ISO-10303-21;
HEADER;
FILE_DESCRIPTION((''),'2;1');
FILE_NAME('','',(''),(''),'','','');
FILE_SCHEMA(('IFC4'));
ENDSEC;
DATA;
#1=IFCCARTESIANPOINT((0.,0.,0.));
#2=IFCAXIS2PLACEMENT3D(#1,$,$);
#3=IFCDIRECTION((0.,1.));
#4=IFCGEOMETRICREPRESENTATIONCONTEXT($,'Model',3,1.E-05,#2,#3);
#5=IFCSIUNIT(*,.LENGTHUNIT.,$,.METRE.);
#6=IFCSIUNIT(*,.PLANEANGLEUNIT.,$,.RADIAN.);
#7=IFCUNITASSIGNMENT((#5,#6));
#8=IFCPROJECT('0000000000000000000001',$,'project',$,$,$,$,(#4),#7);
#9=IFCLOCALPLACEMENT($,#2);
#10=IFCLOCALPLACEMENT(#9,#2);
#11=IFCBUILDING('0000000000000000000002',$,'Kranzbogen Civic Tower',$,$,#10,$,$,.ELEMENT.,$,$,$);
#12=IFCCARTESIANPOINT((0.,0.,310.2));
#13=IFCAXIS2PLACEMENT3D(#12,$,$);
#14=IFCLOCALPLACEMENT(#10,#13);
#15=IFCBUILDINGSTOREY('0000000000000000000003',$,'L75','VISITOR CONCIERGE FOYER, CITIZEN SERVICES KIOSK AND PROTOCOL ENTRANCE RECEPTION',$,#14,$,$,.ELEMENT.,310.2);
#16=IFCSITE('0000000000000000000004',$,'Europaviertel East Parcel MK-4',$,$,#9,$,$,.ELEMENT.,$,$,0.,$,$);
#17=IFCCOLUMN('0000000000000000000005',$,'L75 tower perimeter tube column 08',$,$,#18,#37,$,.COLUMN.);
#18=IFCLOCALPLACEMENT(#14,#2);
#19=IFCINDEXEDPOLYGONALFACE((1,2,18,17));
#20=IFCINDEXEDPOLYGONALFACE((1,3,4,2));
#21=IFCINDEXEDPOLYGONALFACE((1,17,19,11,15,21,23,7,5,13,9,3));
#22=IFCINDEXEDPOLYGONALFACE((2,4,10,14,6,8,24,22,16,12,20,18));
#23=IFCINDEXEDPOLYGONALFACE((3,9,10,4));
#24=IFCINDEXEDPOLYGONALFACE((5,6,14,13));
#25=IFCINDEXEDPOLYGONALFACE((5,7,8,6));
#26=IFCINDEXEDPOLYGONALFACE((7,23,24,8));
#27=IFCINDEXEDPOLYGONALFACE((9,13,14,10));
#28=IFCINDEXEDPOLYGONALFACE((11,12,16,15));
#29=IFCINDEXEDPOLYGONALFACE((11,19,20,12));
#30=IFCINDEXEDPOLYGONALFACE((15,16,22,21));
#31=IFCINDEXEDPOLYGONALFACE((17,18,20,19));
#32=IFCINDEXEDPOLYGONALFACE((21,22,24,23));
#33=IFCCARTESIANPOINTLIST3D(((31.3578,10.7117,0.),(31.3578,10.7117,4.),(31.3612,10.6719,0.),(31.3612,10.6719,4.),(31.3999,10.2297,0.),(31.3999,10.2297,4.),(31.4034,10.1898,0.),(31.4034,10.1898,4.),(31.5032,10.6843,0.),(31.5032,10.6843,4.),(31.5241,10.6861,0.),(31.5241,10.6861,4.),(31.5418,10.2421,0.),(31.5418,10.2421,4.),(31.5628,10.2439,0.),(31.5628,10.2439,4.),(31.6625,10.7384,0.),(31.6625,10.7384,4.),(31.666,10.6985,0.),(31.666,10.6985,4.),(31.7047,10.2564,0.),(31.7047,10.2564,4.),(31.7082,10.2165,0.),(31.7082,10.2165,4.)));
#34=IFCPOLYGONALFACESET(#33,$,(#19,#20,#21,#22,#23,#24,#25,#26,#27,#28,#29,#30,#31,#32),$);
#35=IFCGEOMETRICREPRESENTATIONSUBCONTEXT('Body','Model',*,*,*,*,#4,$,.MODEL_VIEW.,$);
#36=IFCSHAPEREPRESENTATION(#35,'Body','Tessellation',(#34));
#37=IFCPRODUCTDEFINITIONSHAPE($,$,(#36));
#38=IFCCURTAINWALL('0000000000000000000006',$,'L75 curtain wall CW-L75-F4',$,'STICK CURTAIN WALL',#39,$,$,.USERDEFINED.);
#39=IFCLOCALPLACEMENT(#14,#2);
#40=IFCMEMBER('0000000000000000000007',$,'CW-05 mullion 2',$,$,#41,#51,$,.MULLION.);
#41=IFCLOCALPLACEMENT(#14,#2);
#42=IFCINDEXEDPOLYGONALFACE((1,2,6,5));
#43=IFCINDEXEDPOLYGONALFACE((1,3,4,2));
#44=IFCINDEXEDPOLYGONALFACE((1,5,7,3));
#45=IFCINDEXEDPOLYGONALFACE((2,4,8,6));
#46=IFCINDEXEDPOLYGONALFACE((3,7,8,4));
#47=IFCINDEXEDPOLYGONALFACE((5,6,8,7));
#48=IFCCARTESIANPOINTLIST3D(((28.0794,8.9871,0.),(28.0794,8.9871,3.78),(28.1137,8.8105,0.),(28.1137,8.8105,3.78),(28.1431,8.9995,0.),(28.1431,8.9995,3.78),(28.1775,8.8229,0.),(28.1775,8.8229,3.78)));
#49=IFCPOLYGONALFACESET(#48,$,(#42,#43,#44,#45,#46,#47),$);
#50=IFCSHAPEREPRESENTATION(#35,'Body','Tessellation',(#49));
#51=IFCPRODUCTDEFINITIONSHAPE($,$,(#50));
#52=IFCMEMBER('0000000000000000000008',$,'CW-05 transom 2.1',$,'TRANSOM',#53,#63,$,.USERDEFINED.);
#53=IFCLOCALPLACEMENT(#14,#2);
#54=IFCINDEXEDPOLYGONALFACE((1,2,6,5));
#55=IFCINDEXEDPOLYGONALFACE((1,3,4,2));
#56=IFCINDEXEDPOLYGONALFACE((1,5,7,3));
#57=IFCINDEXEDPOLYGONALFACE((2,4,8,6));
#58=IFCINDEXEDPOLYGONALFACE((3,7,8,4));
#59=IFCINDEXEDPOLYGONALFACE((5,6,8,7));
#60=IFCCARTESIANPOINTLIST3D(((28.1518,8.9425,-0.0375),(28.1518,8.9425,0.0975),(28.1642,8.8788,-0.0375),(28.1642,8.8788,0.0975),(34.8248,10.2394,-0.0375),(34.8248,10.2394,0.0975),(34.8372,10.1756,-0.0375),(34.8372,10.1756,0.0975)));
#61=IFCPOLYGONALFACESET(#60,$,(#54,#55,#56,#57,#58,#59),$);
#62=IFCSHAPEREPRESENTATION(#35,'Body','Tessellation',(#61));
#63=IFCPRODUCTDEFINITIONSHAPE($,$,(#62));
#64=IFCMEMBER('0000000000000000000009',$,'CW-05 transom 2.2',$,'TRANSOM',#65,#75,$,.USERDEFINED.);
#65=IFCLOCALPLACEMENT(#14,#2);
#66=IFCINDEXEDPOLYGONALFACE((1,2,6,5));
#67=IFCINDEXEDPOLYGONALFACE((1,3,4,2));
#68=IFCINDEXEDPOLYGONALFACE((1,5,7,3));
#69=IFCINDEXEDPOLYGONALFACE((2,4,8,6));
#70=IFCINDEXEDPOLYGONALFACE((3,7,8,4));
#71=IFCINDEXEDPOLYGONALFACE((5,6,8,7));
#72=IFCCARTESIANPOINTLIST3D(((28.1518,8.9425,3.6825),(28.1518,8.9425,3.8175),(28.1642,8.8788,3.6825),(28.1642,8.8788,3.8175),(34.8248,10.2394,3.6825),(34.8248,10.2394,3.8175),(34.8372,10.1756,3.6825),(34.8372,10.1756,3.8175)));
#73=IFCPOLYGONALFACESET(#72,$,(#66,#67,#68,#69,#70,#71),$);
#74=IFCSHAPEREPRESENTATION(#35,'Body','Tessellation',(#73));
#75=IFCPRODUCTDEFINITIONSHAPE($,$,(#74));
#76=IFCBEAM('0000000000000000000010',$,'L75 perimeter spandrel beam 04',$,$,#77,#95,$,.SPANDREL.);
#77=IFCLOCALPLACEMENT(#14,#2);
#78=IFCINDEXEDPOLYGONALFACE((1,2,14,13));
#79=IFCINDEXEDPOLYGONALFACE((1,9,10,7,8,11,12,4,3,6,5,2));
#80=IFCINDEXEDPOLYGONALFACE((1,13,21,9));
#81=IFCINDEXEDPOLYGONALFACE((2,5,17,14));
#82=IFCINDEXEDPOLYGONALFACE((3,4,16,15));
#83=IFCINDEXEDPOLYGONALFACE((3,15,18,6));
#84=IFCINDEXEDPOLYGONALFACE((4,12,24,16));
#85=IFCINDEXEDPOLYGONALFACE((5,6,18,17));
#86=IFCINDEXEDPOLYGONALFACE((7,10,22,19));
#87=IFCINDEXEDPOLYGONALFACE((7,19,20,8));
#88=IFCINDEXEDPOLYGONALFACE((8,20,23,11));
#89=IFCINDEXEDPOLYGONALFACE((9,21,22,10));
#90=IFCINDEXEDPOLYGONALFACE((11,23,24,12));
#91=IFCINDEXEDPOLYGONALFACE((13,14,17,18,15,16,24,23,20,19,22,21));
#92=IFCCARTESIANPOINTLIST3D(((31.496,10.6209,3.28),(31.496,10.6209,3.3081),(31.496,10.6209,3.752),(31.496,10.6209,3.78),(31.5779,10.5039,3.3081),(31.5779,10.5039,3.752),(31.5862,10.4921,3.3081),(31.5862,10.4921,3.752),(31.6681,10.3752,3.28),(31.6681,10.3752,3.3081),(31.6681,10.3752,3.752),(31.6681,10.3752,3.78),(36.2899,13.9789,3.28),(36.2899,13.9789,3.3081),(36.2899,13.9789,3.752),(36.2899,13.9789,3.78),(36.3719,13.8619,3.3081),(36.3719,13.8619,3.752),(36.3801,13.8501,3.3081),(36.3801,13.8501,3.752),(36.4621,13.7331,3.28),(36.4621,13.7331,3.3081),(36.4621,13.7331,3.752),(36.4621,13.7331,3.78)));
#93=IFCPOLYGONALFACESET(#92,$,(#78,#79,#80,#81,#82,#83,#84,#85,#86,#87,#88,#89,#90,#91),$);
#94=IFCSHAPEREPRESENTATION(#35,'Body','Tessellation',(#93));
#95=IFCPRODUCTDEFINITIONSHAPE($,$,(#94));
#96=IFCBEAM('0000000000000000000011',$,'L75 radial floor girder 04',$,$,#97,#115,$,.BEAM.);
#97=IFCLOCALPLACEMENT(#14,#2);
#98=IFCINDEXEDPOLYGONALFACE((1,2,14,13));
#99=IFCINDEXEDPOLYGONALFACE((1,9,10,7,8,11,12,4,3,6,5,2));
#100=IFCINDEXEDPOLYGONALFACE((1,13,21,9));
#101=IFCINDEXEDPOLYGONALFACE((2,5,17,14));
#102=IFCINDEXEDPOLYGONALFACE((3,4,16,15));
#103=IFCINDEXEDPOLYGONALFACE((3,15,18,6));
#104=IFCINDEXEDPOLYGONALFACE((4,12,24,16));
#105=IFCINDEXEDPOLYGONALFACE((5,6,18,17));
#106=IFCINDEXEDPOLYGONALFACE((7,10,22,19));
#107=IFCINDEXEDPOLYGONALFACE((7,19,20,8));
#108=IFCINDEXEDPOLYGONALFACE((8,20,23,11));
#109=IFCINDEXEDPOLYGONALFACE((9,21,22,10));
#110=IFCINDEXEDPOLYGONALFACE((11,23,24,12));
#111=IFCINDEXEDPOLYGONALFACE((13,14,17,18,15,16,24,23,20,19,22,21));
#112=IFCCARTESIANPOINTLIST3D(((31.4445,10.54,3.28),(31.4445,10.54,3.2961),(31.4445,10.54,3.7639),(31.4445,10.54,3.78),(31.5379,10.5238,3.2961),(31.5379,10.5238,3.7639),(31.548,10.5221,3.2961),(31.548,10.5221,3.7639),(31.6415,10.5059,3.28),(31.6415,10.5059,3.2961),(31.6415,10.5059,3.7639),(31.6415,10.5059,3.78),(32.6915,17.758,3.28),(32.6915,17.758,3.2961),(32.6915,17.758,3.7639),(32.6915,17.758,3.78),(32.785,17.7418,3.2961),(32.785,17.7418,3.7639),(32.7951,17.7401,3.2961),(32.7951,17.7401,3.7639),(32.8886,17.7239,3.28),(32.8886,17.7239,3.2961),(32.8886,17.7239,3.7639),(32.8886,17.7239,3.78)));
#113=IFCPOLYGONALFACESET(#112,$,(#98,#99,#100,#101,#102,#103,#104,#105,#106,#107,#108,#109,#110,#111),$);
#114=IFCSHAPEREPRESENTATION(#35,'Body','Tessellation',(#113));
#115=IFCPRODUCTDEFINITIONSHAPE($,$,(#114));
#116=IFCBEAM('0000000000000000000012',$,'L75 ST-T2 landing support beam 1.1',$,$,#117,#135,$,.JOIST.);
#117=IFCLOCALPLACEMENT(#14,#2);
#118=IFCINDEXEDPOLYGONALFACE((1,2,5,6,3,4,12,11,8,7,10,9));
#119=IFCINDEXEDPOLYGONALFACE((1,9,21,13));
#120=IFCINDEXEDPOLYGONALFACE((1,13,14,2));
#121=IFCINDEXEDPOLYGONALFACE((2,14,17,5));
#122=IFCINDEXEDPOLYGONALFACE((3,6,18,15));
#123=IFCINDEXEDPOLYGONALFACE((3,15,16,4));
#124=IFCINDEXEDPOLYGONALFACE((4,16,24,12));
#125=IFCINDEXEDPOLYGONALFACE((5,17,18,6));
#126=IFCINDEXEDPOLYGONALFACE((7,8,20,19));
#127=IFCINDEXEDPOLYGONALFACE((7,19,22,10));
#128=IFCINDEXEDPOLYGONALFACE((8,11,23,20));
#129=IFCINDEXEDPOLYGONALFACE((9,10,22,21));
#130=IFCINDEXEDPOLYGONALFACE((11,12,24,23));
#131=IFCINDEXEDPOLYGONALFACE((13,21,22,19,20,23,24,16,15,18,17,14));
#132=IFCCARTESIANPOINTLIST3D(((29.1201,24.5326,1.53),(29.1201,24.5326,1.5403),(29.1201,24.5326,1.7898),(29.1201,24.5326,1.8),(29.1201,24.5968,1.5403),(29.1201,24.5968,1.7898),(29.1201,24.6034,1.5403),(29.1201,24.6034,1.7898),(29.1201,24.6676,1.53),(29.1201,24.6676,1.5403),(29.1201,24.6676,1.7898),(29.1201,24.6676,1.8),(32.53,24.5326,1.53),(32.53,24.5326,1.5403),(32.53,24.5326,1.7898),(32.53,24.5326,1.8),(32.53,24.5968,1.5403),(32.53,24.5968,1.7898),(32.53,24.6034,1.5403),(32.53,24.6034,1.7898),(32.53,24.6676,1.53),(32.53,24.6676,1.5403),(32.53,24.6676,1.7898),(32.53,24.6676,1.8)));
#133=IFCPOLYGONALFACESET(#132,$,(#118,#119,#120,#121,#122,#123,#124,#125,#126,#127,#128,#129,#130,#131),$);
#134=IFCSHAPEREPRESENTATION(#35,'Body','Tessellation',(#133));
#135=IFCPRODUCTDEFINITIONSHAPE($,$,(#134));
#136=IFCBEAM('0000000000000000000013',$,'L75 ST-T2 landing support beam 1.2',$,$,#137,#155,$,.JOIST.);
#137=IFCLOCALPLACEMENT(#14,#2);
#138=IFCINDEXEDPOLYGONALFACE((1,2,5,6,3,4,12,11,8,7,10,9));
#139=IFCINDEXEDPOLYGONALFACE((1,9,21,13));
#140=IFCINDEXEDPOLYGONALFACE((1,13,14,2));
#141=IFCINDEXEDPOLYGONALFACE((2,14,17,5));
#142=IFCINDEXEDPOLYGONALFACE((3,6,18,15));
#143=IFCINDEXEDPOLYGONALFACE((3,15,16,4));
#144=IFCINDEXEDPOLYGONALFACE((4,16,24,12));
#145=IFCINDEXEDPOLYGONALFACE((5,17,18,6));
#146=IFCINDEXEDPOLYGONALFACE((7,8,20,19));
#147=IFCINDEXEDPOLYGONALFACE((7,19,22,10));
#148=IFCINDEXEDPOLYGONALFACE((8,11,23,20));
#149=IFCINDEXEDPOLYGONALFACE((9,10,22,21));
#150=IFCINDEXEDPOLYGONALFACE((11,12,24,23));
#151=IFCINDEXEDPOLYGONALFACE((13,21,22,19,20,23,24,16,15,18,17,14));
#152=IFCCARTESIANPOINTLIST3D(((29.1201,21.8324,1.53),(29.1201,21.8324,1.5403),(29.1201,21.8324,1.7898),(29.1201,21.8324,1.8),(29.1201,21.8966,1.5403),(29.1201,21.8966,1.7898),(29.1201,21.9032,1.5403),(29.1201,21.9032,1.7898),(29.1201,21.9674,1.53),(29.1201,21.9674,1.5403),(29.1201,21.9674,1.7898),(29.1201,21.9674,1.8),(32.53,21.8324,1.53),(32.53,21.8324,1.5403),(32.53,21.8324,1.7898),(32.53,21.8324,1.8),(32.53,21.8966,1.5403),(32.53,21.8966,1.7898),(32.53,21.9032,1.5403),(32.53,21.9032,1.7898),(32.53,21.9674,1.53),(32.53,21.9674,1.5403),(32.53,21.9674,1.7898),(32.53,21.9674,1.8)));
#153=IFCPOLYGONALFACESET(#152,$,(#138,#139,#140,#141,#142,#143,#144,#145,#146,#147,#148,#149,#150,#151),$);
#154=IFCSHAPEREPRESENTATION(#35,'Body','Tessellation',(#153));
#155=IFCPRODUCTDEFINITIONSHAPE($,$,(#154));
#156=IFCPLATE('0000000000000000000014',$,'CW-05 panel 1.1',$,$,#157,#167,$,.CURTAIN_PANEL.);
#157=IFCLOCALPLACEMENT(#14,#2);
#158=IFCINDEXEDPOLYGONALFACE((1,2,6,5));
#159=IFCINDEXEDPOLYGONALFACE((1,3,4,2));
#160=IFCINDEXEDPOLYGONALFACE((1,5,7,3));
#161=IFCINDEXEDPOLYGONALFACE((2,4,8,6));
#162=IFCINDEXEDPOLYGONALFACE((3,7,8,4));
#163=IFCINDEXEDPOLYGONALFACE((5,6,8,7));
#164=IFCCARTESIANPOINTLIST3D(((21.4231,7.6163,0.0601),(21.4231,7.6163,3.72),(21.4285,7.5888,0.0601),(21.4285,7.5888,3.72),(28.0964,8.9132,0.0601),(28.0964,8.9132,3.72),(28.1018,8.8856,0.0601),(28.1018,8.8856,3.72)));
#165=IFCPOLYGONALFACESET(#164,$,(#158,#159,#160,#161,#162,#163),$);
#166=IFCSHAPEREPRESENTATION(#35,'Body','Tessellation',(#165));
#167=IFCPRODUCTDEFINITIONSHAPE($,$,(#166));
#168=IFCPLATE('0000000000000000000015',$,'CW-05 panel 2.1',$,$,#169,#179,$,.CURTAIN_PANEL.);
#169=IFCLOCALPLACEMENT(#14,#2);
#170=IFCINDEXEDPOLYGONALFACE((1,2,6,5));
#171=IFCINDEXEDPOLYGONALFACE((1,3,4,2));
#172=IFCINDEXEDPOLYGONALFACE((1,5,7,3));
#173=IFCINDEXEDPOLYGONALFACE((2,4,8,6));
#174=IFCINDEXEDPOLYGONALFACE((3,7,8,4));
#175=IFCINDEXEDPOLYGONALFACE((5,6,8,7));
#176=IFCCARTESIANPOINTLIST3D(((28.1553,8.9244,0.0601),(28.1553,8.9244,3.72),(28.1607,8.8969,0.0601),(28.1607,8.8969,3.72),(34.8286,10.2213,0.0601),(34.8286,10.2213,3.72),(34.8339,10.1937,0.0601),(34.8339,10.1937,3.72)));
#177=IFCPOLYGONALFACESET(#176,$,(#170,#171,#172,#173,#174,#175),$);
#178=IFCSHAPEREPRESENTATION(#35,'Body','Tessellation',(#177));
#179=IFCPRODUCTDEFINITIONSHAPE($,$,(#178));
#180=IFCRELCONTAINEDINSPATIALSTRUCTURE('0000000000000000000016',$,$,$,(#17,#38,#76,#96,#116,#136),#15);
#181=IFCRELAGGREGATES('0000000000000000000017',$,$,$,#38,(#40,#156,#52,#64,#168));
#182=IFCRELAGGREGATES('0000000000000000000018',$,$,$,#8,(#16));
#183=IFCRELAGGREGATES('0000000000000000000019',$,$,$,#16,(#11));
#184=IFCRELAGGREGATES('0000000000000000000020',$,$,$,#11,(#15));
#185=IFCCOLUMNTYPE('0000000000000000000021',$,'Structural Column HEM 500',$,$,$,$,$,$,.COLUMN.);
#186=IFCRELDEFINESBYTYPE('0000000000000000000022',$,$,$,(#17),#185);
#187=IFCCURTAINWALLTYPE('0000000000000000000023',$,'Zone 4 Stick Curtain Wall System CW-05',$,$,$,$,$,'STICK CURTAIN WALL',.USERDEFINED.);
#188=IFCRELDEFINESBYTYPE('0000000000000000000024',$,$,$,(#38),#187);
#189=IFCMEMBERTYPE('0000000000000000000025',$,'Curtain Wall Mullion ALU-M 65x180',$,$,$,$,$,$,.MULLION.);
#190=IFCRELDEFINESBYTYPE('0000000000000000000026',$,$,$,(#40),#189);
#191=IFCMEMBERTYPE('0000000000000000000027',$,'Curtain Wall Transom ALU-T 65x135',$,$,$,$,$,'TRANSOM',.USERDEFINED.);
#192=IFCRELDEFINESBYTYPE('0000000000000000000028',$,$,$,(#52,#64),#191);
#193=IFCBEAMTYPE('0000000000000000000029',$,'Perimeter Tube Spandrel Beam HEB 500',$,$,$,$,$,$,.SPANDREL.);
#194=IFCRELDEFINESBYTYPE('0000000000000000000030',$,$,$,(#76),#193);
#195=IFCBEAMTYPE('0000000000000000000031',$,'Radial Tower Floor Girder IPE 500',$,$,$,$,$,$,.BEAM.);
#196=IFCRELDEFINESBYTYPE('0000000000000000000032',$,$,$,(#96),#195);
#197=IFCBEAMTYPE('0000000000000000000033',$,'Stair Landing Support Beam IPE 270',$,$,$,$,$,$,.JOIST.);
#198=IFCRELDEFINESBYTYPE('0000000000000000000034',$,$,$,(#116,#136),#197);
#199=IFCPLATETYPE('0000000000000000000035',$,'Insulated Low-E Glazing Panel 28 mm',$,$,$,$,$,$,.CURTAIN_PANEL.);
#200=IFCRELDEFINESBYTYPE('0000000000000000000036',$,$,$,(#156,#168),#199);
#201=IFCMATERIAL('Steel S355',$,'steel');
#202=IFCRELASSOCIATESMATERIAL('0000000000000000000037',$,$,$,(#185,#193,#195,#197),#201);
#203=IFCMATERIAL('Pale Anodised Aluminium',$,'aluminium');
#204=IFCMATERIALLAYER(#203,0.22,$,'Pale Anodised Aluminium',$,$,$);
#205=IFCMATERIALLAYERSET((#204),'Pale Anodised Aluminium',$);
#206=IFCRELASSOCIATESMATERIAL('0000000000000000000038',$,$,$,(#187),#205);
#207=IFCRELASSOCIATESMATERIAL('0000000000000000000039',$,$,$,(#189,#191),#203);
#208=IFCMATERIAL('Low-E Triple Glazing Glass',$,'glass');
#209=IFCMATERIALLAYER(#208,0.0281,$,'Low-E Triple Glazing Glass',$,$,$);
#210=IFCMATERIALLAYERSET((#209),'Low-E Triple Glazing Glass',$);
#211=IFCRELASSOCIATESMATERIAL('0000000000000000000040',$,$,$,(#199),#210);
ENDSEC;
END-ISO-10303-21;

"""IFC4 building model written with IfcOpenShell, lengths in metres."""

from ifc_helpers import new_model, si_unit, direction, frame, origin, origin_2d, place, context, subcontext, project, spatial, rectangle, i_section, extrude, material, layer, layer_set, material_profile, profile_set, type_object, element, aggregate, save


model = new_model("IFC4")

# Units and contexts
model_context = context("Model", 3, precision=1e-05, world=origin(), true_north=direction((0.0, 1.0)))
body_context = subcontext(model_context, "Body", "Model", "MODEL_VIEW")
ifc_project = project(units=[si_unit("LENGTHUNIT", "METRE"), si_unit("PLANEANGLEUNIT", "RADIAN")], contexts=[model_context])

# Site, building, storey
site_placement = place(None, origin())
site = spatial("IfcSite", under=ifc_project, at=site_placement, Name="Europaviertel East Parcel MK-4", CompositionType="ELEMENT", RefElevation=0.0)
building_placement = place(site_placement, origin())
building = spatial("IfcBuilding", under=site, at=building_placement, Name="Kranzbogen Civic Tower", CompositionType="ELEMENT")
storey_placement = place(building_placement, frame((0.0, 0.0, 310.2)))
storey = spatial("IfcBuildingStorey", under=building, at=storey_placement, Name="L75", Description="VISITOR CONCIERGE FOYER, CITIZEN SERVICES KIOSK AND PROTOCOL ENTRANCE RECEPTION", CompositionType="ELEMENT", Elevation=310.2)

# Column
ifc_material_1 = material(Name="Steel S355", Category="steel")
ifc_material_profile_1 = material_profile(ifc_material_1, i_section(OverallWidth=0.3059, OverallDepth=0.5239, WebThickness=0.021, FlangeThickness=0.04, at=origin_2d()), Name="HEM 500")
ifc_profile_set_1 = profile_set([ifc_material_profile_1], Name="Steel S355")
column_type = type_object("IfcColumnType", Name="Structural Column HEM 500", PredefinedType="COLUMN", material=ifc_profile_set_1)
column_placement = place(storey_placement, frame((31.533, 10.4641, 0.0), z_axis=(0.0, 0.0, 1.0), x_axis=(0.996195, 0.087156, 0.0)))
element("IfcColumn", 1, at=column_placement, inside=storey, type_object=column_type, Name="L75 tower perimeter tube column 08", PredefinedType="COLUMN", context=body_context, shape_type="SweptSolid", body=[
    extrude(i_section(OverallWidth=0.3059, OverallDepth=0.5239, WebThickness=0.021, FlangeThickness=0.04, at=origin_2d()), origin(), (0.0, 0.0, 1.0), 4.0),
])

# Curtain wall, members
ifc_material_2 = material(Name="Pale Anodised Aluminium", Category="aluminium")
ifc_layer_1 = layer(ifc_material_2, 0.22, Name="Pale Anodised Aluminium")
ifc_layer_set_1 = layer_set([ifc_layer_1], Name="Pale Anodised Aluminium")
curtain_wall_type = type_object("IfcCurtainWallType", Name="Zone 4 Stick Curtain Wall System CW-05", ElementType="STICK CURTAIN WALL", PredefinedType="USERDEFINED", material=ifc_layer_set_1)
curtain_wall_placement = place(storey_placement, origin())
curtain_wall = element("IfcCurtainWall", 2, at=curtain_wall_placement, inside=storey, type_object=curtain_wall_type, Name="L75 curtain wall CW-L75-F4", ObjectType="STICK CURTAIN WALL", PredefinedType="USERDEFINED")
ifc_material_profile_2 = material_profile(ifc_material_2, rectangle(XDim=0.0649, YDim=0.1799, at=origin_2d()), Name="ALU-M 65x180")
ifc_profile_set_2 = profile_set([ifc_material_profile_2], Name="Pale Anodised Aluminium")
member_type_1 = type_object("IfcMemberType", Name="Curtain Wall Mullion ALU-M 65x180", PredefinedType="MULLION", material=ifc_profile_set_2)
member_1_placement = place(storey_placement, frame((28.1284, 8.905, 0.0), z_axis=(0.0, 0.0, 1.0), x_axis=(0.981635, 0.190767, 0.0)))
member_1 = element("IfcMember", 3, at=member_1_placement, type_object=member_type_1, Name="CW-05 mullion 2", PredefinedType="MULLION", context=body_context, shape_type="SweptSolid", body=[
    extrude(rectangle(XDim=0.0649, YDim=0.1799, at=origin_2d()), origin(), (0.0, 0.0, 1.0), 3.78),
])
ifc_material_profile_3 = material_profile(ifc_material_2, rectangle(XDim=0.0649, YDim=0.135, at=origin_2d()), Name="ALU-T 65x135")
ifc_profile_set_3 = profile_set([ifc_material_profile_3], Name="Pale Anodised Aluminium")
member_type_2 = type_object("IfcMemberType", Name="Curtain Wall Transom ALU-T 65x135", ElementType="TRANSOM", PredefinedType="USERDEFINED", material=ifc_profile_set_3)
member_2_placement = place(storey_placement, frame((28.158, 8.9106, 0.03), z_axis=(0.981634, 0.190774, 0.0), x_axis=(-0.190774, 0.981634, 0.0)))
member_2 = element("IfcMember", 4, at=member_2_placement, type_object=member_type_2, Name="CW-05 transom 2.1", ObjectType="TRANSOM", PredefinedType="USERDEFINED", context=body_context, shape_type="SweptSolid", body=[
    extrude(rectangle(XDim=0.0649, YDim=0.135, at=origin_2d()), origin(), (0.0, 0.0, 1.0), 6.7979),
])
member_3_placement = place(storey_placement, frame((28.158, 8.9106, 3.75), z_axis=(0.981634, 0.190774, 0.0), x_axis=(-0.190774, 0.981634, 0.0)))
member_3 = element("IfcMember", 5, at=member_3_placement, type_object=member_type_2, Name="CW-05 transom 2.2", ObjectType="TRANSOM", PredefinedType="USERDEFINED", context=body_context, shape_type="SweptSolid", body=[
    extrude(rectangle(XDim=0.0649, YDim=0.135, at=origin_2d()), origin(), (0.0, 0.0, 1.0), 6.7979),
])

# Beams
ifc_material_profile_4 = material_profile(ifc_material_1, i_section(OverallWidth=0.3, OverallDepth=0.5, WebThickness=0.0144, FlangeThickness=0.0281, at=origin_2d()), Name="HEB 500")
ifc_profile_set_4 = profile_set([ifc_material_profile_4], Name="Steel S355")
beam_type_1 = type_object("IfcBeamType", Name="Perimeter Tube Spandrel Beam HEB 500", PredefinedType="SPANDREL", material=ifc_profile_set_4)
beam_1_placement = place(storey_placement, frame((31.582, 10.498, 3.53), z_axis=(0.819059, 0.573709, 0.0), x_axis=(-0.573709, 0.819059, 0.0)))
element("IfcBeam", 6, at=beam_1_placement, inside=storey, type_object=beam_type_1, Name="L75 perimeter spandrel beam 04", PredefinedType="SPANDREL", context=body_context, shape_type="SweptSolid", body=[
    extrude(i_section(OverallWidth=0.3, OverallDepth=0.5, WebThickness=0.0144, FlangeThickness=0.0281, at=origin_2d()), origin(), (0.0, 0.0, 1.0), 5.853),
])
ifc_material_profile_5 = material_profile(ifc_material_1, i_section(OverallWidth=0.2, OverallDepth=0.5, WebThickness=0.0103, FlangeThickness=0.0161, at=origin_2d()), Name="IPE 500")
ifc_profile_set_5 = profile_set([ifc_material_profile_5], Name="Steel S355")
beam_type_2 = type_object("IfcBeamType", Name="Radial Tower Floor Girder IPE 500", PredefinedType="BEAM", material=ifc_profile_set_5)
beam_2_placement = place(storey_placement, frame((31.543, 10.5229, 3.53), z_axis=(0.17025, 0.985401, 0.0), x_axis=(-0.985401, 0.17025, 0.0)))
element("IfcBeam", 7, at=beam_2_placement, inside=storey, type_object=beam_type_2, Name="L75 radial floor girder 04", PredefinedType="BEAM", context=body_context, shape_type="SweptSolid", body=[
    extrude(i_section(OverallWidth=0.2, OverallDepth=0.5, WebThickness=0.0103, FlangeThickness=0.0161, at=origin_2d()), origin(), (0.0, 0.0, 1.0), 7.325),
])
ifc_material_profile_6 = material_profile(ifc_material_1, i_section(OverallWidth=0.135, OverallDepth=0.27, WebThickness=0.0066, FlangeThickness=0.0103, at=origin_2d()), Name="IPE 270")
ifc_profile_set_6 = profile_set([ifc_material_profile_6], Name="Steel S355")
beam_type_3 = type_object("IfcBeamType", Name="Stair Landing Support Beam IPE 270", PredefinedType="JOIST", material=ifc_profile_set_6)
for number, where, z_axis, x_axis, name in (
    (8, (29.1201, 24.6001, 1.665), (1.0, 0.0, 0.0), (0.0, 1.0, 0.0), "L75 ST-T2 landing support beam 1.1"),
    (9, (29.1201, 21.8999, 1.665), (1.0, 0.0, 0.0), (0.0, 1.0, 0.0), "L75 ST-T2 landing support beam 1.2"),
):
    element("IfcBeam", number, at=place(storey_placement, frame(where, z_axis=z_axis, x_axis=x_axis)), inside=storey, type_object=beam_type_3, Name=name, PredefinedType="JOIST", context=body_context, shape_type="SweptSolid", body=[
        extrude(i_section(OverallWidth=0.135, OverallDepth=0.27, WebThickness=0.0066, FlangeThickness=0.0103, at=origin_2d()), origin(), (0.0, 0.0, 1.0), 3.4099),
    ])

# Plates
ifc_material_3 = material(Name="Low-E Triple Glazing Glass", Category="glass")
ifc_layer_2 = layer(ifc_material_3, 0.0281, Name="Low-E Triple Glazing Glass")
ifc_layer_set_2 = layer_set([ifc_layer_2], Name="Low-E Triple Glazing Glass")
plate_type = type_object("IfcPlateType", Name="Insulated Low-E Glazing Panel 28 mm", PredefinedType="CURTAIN_PANEL", material=ifc_layer_set_2)
plate_1_placement = place(storey_placement, frame((24.7625, 8.251, 0.0601), z_axis=(0.0, 0.0, 1.0), x_axis=(0.981635, 0.190767, 0.0)))
plate_1 = element("IfcPlate", 10, at=plate_1_placement, type_object=plate_type, Name="CW-05 panel 1.1", PredefinedType="CURTAIN_PANEL", context=body_context, shape_type="SweptSolid", body=[
    extrude(rectangle(XDim=6.7981, YDim=0.0281, at=origin_2d()), origin(), (0.0, 0.0, 1.0), 3.6599),
])
plate_2_placement = place(storey_placement, frame((31.4946, 9.5591, 0.0601), z_axis=(0.0, 0.0, 1.0), x_axis=(0.981635, 0.190767, 0.0)))
plate_2 = element("IfcPlate", 11, at=plate_2_placement, type_object=plate_type, Name="CW-05 panel 2.1", PredefinedType="CURTAIN_PANEL", context=body_context, shape_type="SweptSolid", body=[
    extrude(rectangle(XDim=6.7981, YDim=0.0281, at=origin_2d()), origin(), (0.0, 0.0, 1.0), 3.6599),
])
aggregate(curtain_wall, [member_1, plate_1, member_2, member_3, plate_2])

save(model, "model.ifc")
